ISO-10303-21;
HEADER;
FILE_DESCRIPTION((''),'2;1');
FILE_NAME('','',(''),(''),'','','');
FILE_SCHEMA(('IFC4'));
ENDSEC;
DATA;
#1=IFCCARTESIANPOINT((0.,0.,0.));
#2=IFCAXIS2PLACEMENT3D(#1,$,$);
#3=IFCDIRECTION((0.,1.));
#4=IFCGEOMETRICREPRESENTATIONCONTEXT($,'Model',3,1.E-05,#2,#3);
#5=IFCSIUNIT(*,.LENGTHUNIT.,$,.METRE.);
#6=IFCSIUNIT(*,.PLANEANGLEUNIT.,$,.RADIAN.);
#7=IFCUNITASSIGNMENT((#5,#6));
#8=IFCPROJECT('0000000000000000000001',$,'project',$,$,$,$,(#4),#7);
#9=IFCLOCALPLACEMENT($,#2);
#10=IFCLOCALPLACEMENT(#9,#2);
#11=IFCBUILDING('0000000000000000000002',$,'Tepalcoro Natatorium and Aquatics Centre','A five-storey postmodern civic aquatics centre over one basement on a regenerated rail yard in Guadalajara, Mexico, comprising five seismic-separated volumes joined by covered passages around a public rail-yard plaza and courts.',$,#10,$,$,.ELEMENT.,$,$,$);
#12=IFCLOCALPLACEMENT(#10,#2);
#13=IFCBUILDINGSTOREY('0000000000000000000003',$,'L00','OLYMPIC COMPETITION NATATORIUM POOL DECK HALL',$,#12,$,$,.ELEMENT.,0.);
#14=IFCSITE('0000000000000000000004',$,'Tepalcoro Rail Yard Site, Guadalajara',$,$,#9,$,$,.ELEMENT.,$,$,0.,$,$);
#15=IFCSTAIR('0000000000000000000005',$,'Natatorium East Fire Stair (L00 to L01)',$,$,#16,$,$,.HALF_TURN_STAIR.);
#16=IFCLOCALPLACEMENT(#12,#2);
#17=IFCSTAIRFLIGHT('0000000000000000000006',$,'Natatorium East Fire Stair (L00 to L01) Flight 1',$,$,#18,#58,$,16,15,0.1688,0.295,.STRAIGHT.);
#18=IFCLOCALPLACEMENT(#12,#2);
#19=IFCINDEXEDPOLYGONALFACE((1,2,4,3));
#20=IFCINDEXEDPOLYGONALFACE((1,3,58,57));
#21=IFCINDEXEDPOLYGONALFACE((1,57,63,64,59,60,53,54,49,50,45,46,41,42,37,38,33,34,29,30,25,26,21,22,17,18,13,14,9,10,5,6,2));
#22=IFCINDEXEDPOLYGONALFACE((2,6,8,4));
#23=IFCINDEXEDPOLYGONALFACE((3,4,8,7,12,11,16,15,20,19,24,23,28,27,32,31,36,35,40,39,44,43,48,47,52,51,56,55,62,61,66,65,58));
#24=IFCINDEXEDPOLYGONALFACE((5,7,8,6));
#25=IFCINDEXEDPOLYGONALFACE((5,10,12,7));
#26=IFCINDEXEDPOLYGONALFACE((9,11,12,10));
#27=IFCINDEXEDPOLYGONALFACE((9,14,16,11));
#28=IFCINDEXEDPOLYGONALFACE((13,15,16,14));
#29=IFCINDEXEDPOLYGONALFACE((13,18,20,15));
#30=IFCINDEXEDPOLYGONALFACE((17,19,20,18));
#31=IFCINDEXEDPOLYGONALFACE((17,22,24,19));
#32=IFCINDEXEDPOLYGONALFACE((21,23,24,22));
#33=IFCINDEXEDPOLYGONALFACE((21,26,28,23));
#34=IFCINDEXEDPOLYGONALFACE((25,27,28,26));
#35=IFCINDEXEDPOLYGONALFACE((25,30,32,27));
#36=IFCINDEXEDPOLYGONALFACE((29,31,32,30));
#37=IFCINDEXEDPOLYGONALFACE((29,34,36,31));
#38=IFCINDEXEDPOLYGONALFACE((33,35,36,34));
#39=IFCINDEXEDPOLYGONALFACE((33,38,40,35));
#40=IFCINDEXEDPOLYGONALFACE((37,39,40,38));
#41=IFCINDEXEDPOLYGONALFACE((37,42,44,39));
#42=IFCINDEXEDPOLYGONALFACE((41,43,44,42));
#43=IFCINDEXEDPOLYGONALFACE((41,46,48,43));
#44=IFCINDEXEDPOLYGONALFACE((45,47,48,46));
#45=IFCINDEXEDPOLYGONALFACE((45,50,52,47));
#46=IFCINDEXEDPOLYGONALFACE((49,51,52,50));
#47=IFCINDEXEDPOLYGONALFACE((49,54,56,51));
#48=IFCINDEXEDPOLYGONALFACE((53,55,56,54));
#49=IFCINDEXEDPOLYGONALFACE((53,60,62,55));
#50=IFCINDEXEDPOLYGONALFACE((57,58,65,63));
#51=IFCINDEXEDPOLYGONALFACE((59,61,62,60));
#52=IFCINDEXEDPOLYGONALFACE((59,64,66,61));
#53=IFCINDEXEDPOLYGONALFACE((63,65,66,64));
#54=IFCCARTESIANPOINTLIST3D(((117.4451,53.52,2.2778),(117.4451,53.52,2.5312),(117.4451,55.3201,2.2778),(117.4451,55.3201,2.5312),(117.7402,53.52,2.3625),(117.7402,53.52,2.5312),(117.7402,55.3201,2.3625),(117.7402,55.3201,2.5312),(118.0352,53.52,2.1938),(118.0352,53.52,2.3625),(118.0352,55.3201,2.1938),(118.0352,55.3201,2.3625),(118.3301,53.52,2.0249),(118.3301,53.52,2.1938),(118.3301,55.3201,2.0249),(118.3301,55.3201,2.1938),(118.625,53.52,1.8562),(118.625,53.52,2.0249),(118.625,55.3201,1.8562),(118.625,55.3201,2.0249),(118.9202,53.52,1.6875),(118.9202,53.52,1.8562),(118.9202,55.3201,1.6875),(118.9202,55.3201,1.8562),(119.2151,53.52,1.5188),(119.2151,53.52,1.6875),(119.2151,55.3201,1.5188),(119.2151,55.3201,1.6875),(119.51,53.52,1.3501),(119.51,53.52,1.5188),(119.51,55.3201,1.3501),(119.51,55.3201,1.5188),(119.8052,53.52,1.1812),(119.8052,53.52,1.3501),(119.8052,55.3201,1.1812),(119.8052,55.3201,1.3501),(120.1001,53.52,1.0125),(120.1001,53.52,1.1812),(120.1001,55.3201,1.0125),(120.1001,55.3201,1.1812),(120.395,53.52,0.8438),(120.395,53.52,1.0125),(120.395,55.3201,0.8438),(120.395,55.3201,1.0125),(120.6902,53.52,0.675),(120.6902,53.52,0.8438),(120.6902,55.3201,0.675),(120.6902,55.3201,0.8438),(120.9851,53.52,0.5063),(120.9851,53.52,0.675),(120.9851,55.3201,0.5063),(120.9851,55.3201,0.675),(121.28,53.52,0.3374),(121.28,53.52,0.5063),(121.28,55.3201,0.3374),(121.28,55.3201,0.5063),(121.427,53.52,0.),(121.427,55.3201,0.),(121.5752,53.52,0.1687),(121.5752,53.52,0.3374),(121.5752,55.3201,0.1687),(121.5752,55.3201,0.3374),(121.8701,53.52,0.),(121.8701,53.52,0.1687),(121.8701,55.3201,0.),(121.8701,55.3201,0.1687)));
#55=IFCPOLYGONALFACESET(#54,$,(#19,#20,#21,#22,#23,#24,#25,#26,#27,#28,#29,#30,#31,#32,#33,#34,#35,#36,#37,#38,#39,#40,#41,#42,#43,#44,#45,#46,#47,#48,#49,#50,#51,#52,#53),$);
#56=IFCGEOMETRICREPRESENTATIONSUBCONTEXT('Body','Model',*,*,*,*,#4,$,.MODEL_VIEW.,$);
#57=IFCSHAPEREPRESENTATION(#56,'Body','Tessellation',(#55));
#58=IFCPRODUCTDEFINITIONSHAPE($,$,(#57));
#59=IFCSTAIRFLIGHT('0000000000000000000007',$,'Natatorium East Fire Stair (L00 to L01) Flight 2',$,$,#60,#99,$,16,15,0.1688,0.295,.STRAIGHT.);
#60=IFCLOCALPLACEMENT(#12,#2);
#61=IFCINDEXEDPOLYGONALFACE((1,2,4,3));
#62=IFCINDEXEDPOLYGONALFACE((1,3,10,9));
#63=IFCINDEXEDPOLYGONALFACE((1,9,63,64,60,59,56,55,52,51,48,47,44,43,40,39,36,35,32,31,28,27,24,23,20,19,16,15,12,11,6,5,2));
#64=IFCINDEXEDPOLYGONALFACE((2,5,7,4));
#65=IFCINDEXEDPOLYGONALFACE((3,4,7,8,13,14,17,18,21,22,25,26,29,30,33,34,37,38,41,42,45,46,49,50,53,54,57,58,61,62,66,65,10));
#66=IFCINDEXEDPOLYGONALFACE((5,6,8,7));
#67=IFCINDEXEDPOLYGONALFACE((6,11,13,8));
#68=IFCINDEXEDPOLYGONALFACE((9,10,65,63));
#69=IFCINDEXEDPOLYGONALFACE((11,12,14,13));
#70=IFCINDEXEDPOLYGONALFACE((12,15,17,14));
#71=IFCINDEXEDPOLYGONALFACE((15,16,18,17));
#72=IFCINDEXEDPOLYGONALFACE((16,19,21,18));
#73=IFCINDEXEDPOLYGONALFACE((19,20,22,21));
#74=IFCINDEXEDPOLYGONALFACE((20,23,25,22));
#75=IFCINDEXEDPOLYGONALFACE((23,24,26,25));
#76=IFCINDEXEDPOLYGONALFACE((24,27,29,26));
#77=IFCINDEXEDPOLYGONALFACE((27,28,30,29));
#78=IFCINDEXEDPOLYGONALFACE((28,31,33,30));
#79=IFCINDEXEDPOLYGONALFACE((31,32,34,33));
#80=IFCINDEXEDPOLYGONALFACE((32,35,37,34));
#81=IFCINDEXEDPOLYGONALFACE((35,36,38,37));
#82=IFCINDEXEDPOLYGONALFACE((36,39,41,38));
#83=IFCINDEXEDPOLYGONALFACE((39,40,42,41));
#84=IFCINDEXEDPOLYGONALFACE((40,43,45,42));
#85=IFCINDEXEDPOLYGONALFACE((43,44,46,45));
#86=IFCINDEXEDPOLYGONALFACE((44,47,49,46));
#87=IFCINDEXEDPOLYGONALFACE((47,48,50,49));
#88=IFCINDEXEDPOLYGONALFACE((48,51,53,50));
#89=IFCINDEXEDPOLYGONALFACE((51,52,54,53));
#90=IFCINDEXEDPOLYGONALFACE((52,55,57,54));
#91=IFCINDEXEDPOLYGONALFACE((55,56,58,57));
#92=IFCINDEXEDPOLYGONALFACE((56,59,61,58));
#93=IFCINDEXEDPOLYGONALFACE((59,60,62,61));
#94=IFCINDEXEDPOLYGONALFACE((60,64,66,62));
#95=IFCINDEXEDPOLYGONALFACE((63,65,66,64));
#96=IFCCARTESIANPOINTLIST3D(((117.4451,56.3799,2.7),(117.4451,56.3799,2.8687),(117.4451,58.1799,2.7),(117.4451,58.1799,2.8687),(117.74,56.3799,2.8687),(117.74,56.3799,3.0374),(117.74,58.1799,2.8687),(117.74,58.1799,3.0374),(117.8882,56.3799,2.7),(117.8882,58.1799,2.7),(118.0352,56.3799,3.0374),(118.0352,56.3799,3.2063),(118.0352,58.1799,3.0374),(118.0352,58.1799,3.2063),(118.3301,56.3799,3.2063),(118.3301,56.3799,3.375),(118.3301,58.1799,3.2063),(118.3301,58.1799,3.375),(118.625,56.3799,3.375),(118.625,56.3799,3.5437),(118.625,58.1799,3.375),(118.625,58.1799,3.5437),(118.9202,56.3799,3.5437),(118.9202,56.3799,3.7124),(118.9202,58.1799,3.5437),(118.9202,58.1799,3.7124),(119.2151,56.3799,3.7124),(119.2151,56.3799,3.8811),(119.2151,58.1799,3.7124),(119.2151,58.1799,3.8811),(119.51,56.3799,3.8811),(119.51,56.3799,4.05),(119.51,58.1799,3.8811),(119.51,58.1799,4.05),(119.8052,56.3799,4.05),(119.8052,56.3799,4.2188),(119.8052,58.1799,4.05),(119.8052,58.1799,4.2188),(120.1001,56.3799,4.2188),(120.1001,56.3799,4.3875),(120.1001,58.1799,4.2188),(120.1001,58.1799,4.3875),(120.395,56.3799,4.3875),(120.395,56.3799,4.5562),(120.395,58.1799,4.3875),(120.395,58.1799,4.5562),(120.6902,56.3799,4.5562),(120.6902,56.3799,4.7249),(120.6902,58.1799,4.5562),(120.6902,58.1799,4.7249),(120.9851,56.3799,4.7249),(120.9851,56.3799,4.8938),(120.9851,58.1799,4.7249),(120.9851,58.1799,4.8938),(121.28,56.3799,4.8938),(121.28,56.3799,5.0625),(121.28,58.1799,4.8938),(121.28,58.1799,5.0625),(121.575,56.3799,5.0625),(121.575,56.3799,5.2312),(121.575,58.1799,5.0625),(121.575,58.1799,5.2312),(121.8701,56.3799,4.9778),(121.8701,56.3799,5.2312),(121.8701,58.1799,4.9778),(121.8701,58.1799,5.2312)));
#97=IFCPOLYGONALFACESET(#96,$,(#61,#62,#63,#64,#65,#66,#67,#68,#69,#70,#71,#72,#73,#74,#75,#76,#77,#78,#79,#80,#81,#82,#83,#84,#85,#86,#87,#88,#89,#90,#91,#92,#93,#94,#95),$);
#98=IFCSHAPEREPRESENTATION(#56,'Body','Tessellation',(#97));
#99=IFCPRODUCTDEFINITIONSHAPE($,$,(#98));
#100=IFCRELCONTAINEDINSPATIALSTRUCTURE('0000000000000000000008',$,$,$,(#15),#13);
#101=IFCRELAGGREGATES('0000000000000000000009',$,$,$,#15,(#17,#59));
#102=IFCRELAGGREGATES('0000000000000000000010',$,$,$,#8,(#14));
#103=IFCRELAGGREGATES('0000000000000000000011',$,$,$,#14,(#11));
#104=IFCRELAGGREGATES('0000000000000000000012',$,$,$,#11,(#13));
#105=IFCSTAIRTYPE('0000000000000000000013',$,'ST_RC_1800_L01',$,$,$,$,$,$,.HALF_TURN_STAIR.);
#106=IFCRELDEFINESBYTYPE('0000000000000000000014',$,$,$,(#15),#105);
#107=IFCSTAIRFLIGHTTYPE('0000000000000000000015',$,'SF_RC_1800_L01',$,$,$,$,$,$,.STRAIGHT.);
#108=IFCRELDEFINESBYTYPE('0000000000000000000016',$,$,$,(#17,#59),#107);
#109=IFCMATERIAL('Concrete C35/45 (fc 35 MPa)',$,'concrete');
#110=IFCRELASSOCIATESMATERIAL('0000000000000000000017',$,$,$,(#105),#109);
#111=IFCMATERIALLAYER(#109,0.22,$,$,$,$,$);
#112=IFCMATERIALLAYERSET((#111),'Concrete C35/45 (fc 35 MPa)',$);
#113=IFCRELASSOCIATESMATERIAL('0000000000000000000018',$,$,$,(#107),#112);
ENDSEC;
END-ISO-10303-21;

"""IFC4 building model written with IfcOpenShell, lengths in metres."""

from ifc_helpers import new_model, si_unit, direction, frame, origin, place, context, subcontext, project, spatial, polyline, outline, extrude, material, layer, layer_set, type_object, element, aggregate, save


model = new_model("IFC4")

# Units and contexts
model_context = context("Model", 3, precision=1e-05, world=origin(), true_north=direction((0.0, 1.0)))
body_context = subcontext(model_context, "Body", "Model", "MODEL_VIEW")
ifc_project = project(units=[si_unit("LENGTHUNIT", "METRE"), si_unit("PLANEANGLEUNIT", "RADIAN")], contexts=[model_context])

# Site, building, storey
site_placement = place(None, origin())
site = spatial("IfcSite", under=ifc_project, at=site_placement, Name="Tepalcoro Rail Yard Site, Guadalajara", CompositionType="ELEMENT", RefElevation=0.0)
building_placement = place(site_placement, origin())
building = spatial("IfcBuilding", under=site, at=building_placement, Name="Tepalcoro Natatorium and Aquatics Centre", Description="A five-storey postmodern civic aquatics centre over one basement on a regenerated rail yard in Guadalajara, Mexico, comprising five seismic-separated volumes joined by covered passages around a public rail-yard plaza and courts.", CompositionType="ELEMENT")
storey_placement = place(building_placement, origin())
storey = spatial("IfcBuildingStorey", under=building, at=storey_placement, Name="L00", Description="OLYMPIC COMPETITION NATATORIUM POOL DECK HALL", CompositionType="ELEMENT", Elevation=0.0)

# Shared definitions
ifc_material_1 = material(Name="Concrete C35/45 (fc 35 MPa)", Category="concrete")

# Stair, stair flights
stair_type = type_object("IfcStairType", Name="ST_RC_1800_L01", PredefinedType="HALF_TURN_STAIR", material=ifc_material_1)
stair_placement = place(storey_placement, origin())
stair = element("IfcStair", 1, at=stair_placement, inside=storey, type_object=stair_type, Name="Natatorium East Fire Stair (L00 to L01)", PredefinedType="HALF_TURN_STAIR")
ifc_layer_1 = layer(ifc_material_1, 0.22)
ifc_layer_set_1 = layer_set([ifc_layer_1], Name="Concrete C35/45 (fc 35 MPa)")
stair_flight_type = type_object("IfcStairFlightType", Name="SF_RC_1800_L01", PredefinedType="STRAIGHT", material=ifc_layer_set_1)
stair_flight_1_placement = place(storey_placement, frame((121.8701, 54.4199, 0.0), z_axis=(0.0, 0.0, 1.0), x_axis=(-1.0, 0.0, 0.0)))
stair_flight_1 = element("IfcStairFlight", 2, at=stair_flight_1_placement, type_object=stair_flight_type, Name="Natatorium East Fire Stair (L00 to L01) Flight 1", NumberOfRisers=16, NumberOfTreads=15, PredefinedType="STRAIGHT", RiserHeight=0.1688, TreadLength=0.295, context=body_context, shape_type="SweptSolid", body=[
    extrude(outline(polyline([(0.0, 0.0), (0.0, 0.1687), (0.2949, 0.1687), (0.2949, 0.3374), (0.5901, 0.3374), (0.5901, 0.5063), (0.885, 0.5063), (0.885, 0.675), (1.1799, 0.675), (1.1799, 0.8438), (1.4751, 0.8438), (1.4751, 1.0125), (1.77, 1.0125), (1.77, 1.1812), (2.0649, 1.1812), (2.0649, 1.3501), (2.3601, 1.3501), (2.3601, 1.5188), (2.655, 1.5188), (2.655, 1.6875), (2.95, 1.6875), (2.95, 1.8562), (3.2451, 1.8562), (3.2451, 2.0249), (3.54, 2.0249), (3.54, 2.1938), (3.835, 2.1938), (3.835, 2.3625), (4.1299, 2.3625), (4.1299, 2.5312), (4.425, 2.5312), (4.425, 2.7), (4.425, 2.2778), (0.4431, 0.0), (0.0, 0.0)])), frame((0.0, 0.8999, 0.0), z_axis=(0.0, -1.0, 0.0), x_axis=(1.0, 0.0, 0.0)), (0.0, 0.0, 1.0), 1.8),
])
stair_flight_2_placement = place(storey_placement, frame((117.4451, 57.28, 2.7), z_axis=(0.0, 0.0, 1.0), x_axis=(1.0, 0.0, 0.0)))
stair_flight_2 = element("IfcStairFlight", 3, at=stair_flight_2_placement, type_object=stair_flight_type, Name="Natatorium East Fire Stair (L00 to L01) Flight 2", NumberOfRisers=16, NumberOfTreads=15, PredefinedType="STRAIGHT", RiserHeight=0.1688, TreadLength=0.295, context=body_context, shape_type="SweptSolid", body=[
    extrude(outline(polyline([(0.0, 0.0), (0.0, 0.1687), (0.2949, 0.1687), (0.2949, 0.3374), (0.5901, 0.3374), (0.5901, 0.5063), (0.885, 0.5063), (0.885, 0.675), (1.1799, 0.675), (1.1799, 0.8438), (1.4751, 0.8438), (1.4751, 1.0125), (1.77, 1.0125), (1.77, 1.1812), (2.0649, 1.1812), (2.0649, 1.3501), (2.3601, 1.3501), (2.3601, 1.5188), (2.655, 1.5188), (2.655, 1.6875), (2.95, 1.6875), (2.95, 1.8562), (3.2451, 1.8562), (3.2451, 2.0249), (3.54, 2.0249), (3.54, 2.1938), (3.835, 2.1938), (3.835, 2.3625), (4.1299, 2.3625), (4.1299, 2.5312), (4.425, 2.5312), (4.425, 2.7), (4.425, 2.2778), (0.4431, 0.0), (0.0, 0.0)])), frame((0.0, 0.8999, 0.0), z_axis=(0.0, -1.0, 0.0), x_axis=(1.0, 0.0, 0.0)), (0.0, 0.0, 1.0), 1.8),
])
aggregate(stair, [stair_flight_1, stair_flight_2])

save(model, "model.ifc")
